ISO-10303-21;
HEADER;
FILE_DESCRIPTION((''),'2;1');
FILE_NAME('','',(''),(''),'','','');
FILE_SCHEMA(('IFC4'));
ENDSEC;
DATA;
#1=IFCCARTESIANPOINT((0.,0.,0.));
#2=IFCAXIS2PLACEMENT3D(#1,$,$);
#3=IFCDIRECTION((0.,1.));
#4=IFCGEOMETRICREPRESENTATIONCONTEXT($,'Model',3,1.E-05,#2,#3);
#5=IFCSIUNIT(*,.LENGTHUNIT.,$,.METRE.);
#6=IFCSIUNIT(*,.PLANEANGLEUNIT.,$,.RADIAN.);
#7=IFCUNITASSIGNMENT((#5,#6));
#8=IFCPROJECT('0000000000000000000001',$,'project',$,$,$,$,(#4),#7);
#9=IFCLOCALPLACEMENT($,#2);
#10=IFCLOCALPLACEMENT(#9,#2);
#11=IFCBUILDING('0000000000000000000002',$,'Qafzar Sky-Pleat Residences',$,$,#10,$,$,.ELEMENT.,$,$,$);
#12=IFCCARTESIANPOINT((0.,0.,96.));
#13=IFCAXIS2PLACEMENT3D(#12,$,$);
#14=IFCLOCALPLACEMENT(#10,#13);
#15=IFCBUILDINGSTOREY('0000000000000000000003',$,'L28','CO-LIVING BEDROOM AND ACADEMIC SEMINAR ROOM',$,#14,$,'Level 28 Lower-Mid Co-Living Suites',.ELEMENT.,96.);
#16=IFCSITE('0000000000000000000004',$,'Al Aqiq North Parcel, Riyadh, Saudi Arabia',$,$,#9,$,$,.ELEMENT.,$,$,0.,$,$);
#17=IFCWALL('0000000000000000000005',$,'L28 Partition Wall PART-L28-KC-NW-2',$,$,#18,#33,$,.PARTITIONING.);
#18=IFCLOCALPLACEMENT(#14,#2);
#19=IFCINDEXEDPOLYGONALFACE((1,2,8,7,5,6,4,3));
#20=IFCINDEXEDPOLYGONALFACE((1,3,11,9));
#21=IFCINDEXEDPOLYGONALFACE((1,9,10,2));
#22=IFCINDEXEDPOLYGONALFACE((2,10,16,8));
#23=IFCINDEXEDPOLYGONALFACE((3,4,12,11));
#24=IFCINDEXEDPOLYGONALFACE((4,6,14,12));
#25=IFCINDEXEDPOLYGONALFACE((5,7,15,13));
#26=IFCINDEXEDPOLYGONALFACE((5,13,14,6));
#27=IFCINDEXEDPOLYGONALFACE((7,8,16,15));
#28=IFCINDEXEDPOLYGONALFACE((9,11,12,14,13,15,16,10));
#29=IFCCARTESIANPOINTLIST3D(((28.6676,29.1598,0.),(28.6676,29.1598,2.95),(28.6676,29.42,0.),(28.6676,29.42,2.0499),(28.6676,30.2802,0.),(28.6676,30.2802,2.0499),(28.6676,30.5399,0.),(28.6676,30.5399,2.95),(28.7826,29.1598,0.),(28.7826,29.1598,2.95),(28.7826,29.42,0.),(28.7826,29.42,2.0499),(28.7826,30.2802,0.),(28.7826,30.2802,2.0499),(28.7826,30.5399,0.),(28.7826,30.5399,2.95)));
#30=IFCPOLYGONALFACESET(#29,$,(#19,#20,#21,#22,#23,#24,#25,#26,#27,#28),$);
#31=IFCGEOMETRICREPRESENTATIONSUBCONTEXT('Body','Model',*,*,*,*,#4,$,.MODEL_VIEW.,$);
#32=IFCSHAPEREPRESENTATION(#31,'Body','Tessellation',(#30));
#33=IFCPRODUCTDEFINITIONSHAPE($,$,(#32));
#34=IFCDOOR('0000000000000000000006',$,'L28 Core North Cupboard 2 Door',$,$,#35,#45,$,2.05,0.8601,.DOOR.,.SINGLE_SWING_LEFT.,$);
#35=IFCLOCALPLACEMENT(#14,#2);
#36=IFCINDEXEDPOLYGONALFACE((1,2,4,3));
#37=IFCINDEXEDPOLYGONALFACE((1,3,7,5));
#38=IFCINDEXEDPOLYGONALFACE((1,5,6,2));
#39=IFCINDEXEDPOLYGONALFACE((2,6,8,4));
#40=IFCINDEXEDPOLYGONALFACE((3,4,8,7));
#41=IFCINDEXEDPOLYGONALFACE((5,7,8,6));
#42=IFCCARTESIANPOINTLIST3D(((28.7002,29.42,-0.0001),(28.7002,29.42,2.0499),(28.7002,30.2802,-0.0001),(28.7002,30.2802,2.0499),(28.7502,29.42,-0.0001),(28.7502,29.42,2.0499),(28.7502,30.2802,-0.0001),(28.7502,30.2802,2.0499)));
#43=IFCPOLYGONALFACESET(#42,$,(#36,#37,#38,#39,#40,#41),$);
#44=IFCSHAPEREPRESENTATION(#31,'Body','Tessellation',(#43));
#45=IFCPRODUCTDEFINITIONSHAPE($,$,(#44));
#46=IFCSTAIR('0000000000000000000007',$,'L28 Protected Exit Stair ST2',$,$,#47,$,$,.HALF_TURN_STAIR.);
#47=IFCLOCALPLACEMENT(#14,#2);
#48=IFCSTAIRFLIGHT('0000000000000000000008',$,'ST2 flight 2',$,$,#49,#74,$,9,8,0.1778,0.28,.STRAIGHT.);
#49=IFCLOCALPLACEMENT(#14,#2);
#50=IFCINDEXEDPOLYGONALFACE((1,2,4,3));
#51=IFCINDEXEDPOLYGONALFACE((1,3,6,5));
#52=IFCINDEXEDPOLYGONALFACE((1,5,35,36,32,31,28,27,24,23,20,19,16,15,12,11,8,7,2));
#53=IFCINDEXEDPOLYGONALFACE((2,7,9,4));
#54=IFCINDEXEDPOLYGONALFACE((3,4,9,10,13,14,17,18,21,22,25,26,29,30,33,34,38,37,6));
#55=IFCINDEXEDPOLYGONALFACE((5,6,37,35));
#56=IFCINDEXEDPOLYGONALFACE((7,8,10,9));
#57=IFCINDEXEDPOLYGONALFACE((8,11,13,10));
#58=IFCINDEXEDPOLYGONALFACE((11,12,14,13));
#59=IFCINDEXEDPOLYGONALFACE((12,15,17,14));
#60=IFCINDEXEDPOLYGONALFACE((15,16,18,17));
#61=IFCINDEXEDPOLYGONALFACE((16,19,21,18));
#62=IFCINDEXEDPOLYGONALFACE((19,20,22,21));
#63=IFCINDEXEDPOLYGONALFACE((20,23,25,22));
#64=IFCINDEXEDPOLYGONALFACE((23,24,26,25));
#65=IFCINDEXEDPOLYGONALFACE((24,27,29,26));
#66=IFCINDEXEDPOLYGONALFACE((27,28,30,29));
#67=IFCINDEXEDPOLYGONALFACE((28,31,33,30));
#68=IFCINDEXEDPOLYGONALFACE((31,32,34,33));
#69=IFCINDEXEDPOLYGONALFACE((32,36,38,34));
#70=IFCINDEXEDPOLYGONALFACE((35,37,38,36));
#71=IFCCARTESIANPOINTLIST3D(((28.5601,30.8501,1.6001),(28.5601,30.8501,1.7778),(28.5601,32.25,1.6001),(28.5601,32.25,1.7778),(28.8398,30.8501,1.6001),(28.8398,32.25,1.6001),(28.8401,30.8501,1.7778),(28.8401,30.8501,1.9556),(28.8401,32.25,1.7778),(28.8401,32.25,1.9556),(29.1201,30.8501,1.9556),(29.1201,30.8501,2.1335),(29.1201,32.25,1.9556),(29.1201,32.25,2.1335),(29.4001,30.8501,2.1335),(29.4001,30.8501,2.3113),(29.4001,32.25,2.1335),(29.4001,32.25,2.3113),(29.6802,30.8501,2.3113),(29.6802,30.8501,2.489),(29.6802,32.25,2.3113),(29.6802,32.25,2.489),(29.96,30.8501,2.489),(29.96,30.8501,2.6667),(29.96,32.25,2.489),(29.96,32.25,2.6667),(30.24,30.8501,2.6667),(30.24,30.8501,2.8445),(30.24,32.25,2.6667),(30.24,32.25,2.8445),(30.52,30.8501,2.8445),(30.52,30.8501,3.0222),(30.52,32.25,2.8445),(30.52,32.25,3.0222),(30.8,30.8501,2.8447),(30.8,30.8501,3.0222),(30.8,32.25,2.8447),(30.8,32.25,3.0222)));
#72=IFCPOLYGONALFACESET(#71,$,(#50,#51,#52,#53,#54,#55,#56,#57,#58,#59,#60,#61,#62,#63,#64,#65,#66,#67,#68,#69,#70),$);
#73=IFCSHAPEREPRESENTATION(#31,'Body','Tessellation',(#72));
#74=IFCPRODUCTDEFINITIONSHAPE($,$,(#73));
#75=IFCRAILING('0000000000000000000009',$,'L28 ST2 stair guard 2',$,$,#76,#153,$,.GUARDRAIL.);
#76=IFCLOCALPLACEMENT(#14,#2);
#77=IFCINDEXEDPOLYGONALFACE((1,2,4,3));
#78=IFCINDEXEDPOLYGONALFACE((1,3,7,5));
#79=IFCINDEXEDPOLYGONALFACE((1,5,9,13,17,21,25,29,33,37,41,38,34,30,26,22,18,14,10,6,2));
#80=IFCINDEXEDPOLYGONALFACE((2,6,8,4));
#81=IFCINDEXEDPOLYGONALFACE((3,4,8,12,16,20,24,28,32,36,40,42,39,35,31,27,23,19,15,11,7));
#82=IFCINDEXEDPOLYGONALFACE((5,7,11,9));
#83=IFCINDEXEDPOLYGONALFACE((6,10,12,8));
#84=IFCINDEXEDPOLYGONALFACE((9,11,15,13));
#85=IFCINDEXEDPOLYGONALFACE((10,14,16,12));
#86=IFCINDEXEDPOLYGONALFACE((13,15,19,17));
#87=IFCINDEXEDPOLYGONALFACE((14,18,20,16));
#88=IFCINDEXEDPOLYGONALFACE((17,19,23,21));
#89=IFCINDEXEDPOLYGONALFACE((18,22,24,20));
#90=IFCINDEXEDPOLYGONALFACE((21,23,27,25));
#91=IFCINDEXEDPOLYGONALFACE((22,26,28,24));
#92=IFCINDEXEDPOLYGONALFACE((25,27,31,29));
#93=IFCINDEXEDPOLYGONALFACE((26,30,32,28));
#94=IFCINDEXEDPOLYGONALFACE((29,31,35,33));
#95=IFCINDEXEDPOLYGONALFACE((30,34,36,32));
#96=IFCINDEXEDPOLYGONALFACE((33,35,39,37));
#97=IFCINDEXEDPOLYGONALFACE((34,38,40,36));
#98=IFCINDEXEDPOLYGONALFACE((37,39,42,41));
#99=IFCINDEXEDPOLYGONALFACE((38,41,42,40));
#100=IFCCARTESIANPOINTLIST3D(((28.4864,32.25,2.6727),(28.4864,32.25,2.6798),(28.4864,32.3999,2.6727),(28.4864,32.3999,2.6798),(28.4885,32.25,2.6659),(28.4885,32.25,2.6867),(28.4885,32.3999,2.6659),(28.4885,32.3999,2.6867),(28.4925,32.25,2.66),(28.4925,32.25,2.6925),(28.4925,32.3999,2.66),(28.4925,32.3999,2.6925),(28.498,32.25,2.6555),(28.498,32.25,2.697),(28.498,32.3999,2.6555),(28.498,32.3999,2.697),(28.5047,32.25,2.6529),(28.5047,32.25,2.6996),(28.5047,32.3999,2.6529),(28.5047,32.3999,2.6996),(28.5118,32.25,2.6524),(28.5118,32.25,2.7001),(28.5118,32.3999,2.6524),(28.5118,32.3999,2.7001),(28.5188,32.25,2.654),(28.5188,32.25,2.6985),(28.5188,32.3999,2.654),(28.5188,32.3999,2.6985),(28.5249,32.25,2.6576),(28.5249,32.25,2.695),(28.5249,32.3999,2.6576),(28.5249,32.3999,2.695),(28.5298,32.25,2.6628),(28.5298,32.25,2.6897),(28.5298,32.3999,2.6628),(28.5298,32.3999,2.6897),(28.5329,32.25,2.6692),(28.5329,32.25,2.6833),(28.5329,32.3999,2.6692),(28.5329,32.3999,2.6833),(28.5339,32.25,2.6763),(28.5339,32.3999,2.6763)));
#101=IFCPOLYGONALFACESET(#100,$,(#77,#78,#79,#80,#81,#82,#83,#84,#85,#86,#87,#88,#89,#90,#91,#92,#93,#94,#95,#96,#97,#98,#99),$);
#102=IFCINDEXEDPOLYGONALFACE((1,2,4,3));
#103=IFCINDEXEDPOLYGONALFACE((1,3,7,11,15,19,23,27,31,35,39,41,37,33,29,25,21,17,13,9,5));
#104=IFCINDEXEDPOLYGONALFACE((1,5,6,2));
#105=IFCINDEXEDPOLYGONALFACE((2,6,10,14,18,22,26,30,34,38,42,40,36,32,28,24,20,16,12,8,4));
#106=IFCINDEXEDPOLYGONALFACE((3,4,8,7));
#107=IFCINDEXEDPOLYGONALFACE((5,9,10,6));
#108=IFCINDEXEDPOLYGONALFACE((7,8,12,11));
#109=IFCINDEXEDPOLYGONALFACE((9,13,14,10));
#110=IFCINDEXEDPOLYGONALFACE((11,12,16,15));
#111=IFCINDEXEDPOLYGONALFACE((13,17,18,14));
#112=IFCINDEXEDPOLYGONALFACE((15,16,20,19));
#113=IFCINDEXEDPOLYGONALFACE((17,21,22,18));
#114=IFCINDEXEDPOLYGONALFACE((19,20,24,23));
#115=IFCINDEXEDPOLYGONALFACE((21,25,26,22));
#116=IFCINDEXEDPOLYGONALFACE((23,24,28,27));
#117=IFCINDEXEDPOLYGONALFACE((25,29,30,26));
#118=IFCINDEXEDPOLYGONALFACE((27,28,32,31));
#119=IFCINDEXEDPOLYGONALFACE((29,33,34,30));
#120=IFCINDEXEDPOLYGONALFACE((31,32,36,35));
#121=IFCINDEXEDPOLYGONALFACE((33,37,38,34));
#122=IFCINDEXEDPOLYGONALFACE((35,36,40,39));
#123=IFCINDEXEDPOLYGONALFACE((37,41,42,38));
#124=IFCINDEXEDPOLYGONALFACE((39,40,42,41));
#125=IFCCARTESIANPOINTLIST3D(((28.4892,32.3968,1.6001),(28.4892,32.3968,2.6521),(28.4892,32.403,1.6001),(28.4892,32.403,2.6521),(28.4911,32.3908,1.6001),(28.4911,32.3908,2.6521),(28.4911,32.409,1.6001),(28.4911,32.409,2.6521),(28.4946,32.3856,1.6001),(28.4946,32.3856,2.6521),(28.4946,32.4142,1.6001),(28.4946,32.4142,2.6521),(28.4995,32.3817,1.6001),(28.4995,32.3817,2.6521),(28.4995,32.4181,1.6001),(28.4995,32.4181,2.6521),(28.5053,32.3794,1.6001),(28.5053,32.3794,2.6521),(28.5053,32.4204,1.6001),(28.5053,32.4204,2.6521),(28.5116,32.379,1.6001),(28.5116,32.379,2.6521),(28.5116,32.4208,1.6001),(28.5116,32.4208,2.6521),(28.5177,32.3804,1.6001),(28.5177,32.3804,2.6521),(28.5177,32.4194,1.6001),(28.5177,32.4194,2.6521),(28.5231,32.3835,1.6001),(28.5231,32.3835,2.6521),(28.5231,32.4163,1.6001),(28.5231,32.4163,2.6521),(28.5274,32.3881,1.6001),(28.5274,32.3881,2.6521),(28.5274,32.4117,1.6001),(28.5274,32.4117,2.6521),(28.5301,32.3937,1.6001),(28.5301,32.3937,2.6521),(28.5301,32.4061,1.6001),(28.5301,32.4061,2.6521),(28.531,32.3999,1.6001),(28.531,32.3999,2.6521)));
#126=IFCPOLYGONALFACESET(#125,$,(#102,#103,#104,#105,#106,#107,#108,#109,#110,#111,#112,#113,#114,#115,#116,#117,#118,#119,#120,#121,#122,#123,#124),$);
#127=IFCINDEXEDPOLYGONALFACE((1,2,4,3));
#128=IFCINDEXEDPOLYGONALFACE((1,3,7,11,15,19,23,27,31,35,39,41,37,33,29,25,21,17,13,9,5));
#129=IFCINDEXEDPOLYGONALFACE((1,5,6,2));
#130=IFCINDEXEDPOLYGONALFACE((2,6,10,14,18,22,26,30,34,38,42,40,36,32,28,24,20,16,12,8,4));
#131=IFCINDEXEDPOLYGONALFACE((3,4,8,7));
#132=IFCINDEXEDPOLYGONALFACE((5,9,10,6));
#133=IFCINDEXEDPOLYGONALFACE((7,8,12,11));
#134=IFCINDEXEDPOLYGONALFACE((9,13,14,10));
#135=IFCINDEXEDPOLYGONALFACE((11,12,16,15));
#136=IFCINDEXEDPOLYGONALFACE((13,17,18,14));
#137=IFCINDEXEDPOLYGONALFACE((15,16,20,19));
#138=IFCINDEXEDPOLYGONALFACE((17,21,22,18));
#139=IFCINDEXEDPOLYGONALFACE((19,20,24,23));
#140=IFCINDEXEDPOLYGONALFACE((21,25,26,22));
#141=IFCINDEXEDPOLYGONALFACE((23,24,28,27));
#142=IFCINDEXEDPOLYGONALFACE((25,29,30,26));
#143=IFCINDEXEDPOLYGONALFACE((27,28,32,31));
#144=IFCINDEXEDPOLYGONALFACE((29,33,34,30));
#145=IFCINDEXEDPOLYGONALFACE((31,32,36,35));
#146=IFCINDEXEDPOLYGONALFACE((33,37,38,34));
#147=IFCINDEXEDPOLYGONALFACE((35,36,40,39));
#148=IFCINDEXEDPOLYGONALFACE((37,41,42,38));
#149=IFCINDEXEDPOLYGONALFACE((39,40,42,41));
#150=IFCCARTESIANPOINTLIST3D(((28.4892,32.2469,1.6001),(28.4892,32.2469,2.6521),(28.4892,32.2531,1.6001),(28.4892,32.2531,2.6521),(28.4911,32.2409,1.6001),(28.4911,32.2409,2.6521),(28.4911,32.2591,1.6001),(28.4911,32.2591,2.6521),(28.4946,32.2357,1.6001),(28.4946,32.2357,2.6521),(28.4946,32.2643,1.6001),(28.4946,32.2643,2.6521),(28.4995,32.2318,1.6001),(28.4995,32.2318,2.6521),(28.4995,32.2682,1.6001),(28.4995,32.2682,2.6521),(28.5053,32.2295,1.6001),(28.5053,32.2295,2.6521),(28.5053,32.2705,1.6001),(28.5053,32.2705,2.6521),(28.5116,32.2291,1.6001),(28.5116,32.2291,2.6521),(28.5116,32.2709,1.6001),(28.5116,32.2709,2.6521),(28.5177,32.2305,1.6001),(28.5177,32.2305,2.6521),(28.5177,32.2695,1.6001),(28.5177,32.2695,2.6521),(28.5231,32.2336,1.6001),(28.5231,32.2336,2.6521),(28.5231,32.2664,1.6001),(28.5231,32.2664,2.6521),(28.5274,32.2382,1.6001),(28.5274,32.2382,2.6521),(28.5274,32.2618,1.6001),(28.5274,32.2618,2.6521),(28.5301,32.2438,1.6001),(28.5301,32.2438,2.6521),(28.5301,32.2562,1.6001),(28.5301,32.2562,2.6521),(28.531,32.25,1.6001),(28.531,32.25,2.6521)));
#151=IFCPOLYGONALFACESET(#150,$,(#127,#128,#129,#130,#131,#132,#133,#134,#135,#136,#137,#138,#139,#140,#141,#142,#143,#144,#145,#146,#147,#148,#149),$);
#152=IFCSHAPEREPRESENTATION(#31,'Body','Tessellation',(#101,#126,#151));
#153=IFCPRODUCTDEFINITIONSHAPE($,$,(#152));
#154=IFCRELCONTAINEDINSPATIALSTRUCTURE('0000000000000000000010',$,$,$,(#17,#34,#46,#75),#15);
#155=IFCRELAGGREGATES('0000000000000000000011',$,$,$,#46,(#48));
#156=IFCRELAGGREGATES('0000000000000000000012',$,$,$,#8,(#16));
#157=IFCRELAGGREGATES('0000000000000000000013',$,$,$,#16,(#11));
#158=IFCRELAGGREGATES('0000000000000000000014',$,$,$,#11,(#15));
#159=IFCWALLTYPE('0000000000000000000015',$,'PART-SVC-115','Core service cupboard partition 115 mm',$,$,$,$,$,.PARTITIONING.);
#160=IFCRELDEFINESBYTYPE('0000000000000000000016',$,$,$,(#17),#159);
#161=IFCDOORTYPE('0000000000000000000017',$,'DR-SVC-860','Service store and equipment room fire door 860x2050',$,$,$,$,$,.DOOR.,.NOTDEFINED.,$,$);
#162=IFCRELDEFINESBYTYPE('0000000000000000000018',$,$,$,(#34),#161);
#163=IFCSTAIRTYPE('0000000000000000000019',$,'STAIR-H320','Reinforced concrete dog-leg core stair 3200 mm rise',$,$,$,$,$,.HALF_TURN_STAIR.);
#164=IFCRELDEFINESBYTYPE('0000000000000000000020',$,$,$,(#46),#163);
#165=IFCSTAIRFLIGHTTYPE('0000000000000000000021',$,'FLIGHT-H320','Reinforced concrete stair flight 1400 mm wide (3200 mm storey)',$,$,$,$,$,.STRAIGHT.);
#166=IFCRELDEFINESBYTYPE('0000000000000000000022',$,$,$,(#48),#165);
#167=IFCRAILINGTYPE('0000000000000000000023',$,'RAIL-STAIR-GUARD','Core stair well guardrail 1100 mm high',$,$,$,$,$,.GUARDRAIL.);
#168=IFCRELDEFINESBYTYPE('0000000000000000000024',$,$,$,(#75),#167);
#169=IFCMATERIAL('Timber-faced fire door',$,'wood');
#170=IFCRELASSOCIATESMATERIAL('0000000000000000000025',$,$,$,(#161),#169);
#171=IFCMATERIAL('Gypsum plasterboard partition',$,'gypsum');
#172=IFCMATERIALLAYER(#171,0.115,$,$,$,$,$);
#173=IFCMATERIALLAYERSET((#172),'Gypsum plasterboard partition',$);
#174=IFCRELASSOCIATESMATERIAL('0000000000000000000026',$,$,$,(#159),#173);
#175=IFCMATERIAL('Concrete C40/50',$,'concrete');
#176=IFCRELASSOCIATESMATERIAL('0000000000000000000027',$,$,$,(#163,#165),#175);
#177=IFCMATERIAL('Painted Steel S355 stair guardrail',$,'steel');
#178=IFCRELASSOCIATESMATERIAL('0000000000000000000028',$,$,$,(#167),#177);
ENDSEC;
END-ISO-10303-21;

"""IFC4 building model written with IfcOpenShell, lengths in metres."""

from ifc_helpers import new_model, si_unit, direction, frame, frame_2d, origin, origin_2d, place, context, subcontext, project, spatial, polyline, rectangle, circle, outline, extrude, source, transform, mapped, material, layer, layer_set, type_object, element, fill, aggregate, save


model = new_model("IFC4")

# Units and contexts
model_context = context("Model", 3, precision=1e-05, world=origin(), true_north=direction((0.0, 1.0)))
body_context = subcontext(model_context, "Body", "Model", "MODEL_VIEW")
ifc_project = project(units=[si_unit("LENGTHUNIT", "METRE"), si_unit("PLANEANGLEUNIT", "RADIAN")], contexts=[model_context])

# Site, building, storey
site_placement = place(None, origin())
site = spatial("IfcSite", under=ifc_project, at=site_placement, Name="Al Aqiq North Parcel, Riyadh, Saudi Arabia", CompositionType="ELEMENT", RefElevation=0.0)
building_placement = place(site_placement, origin())
building = spatial("IfcBuilding", under=site, at=building_placement, Name="Qafzar Sky-Pleat Residences", CompositionType="ELEMENT")
storey_placement = place(building_placement, frame((0.0, 0.0, 96.0)))
storey = spatial("IfcBuildingStorey", under=building, at=storey_placement, Name="L28", Description="CO-LIVING BEDROOM AND ACADEMIC SEMINAR ROOM", LongName="Level 28 Lower-Mid Co-Living Suites", CompositionType="ELEMENT", Elevation=96.0)

# Shared definitions
ifc_material_1 = material(Name="Timber-faced fire door", Category="wood")
door_type_1 = type_object("IfcDoorType", Name="DR-SVC-860", Description="Service store and equipment room fire door 860x2050", OperationType="NOTDEFINED", PredefinedType="DOOR", material=ifc_material_1)
shared_shape_1 = source(origin(), body_context, "Body", "SweptSolid", [
    extrude(rectangle(XDim=0.8601, YDim=2.05, at=frame_2d((0.4302, 1.0249))), frame((0.0, 0.0249, 0.0), z_axis=(0.0, -1.0, 0.0), x_axis=(1.0, 0.0, 0.0)), (0.0, 0.0, 1.0), 0.05),
])

# Wall, opening, door
ifc_material_2 = material(Name="Gypsum plasterboard partition", Category="gypsum")
ifc_layer_1 = layer(ifc_material_2, 0.115)
ifc_layer_set_1 = layer_set([ifc_layer_1], Name="Gypsum plasterboard partition")
wall_type_1 = type_object("IfcWallType", Name="PART-SVC-115", Description="Core service cupboard partition 115 mm", PredefinedType="PARTITIONING", material=ifc_layer_set_1)
wall_1_placement = place(storey_placement, frame((28.7251, 29.1599, 0.0), z_axis=(0.0, 0.0, 1.0), x_axis=(0.0, 1.0, 0.0)))
wall_1 = element("IfcWall", 1, at=wall_1_placement, inside=storey, type_object=wall_type_1, Name="L28 Partition Wall PART-L28-KC-NW-2", PredefinedType="PARTITIONING", context=body_context, shape_type="SweptSolid", body=[
    extrude(rectangle(XDim=1.3801, YDim=0.115, at=frame_2d((0.6899, 0.0))), origin(), (0.0, 0.0, 1.0), 2.95),
])
opening_1_placement = place(wall_1_placement, frame((0.26, 0.0, 0.0)))
opening_1 = element("IfcOpeningElement", 2, at=opening_1_placement, cuts=wall_1, PredefinedType="OPENING", context=body_context, shape_type="SweptSolid", body=[
    extrude(rectangle(XDim=0.8601, YDim=2.05, at=frame_2d((0.4302, 1.0249))), frame((0.0, 0.0674, 0.0), z_axis=(0.0, -1.0, 0.0), x_axis=(1.0, 0.0, 0.0)), (0.0, 0.0, 1.0), 0.135),
])
door_1_placement = place(opening_1_placement, origin())
door_1 = element("IfcDoor", 3, at=door_1_placement, inside=storey, type_object=door_type_1, Name="L28 Core North Cupboard 2 Door", OperationType="SINGLE_SWING_LEFT", OverallHeight=2.05, OverallWidth=0.8601, PredefinedType="DOOR", context=body_context, shape_type="MappedRepresentation", body=[
    mapped(shared_shape_1, transform((0.0, 0.0, 0.0), x_axis=(1.0, 0.0, 0.0), y_axis=(0.0, 1.0, 0.0), z_axis=(0.0, 0.0, 1.0), scale=1.0)),
])
fill(opening_1, door_1)

# Stair, stair flight
ifc_material_3 = material(Name="Concrete C40/50", Category="concrete")
stair_type = type_object("IfcStairType", Name="STAIR-H320", Description="Reinforced concrete dog-leg core stair 3200 mm rise", PredefinedType="HALF_TURN_STAIR", material=ifc_material_3)
stair_placement = place(storey_placement, origin())
stair = element("IfcStair", 4, at=stair_placement, inside=storey, type_object=stair_type, Name="L28 Protected Exit Stair ST2", PredefinedType="HALF_TURN_STAIR")
stair_flight_type = type_object("IfcStairFlightType", Name="FLIGHT-H320", Description="Reinforced concrete stair flight 1400 mm wide (3200 mm storey)", PredefinedType="STRAIGHT", material=ifc_material_3)
shared_shape_2 = source(origin(), body_context, "Body", "SweptSolid", [
    extrude(outline(polyline([(0.0, 0.0), (0.0, 0.1777), (0.28, 0.1777), (0.28, 0.3555), (0.5601, 0.3555), (0.5601, 0.5334), (0.8401, 0.5334), (0.8401, 0.7112), (1.1201, 0.7112), (1.1201, 0.8889), (1.3999, 0.8889), (1.3999, 1.0667), (1.6799, 1.0667), (1.6799, 1.2444), (1.96, 1.2444), (1.96, 1.4221), (2.24, 1.4221), (2.24, 1.6001), (2.24, 1.2446), (0.2798, 0.0), (0.0, 0.0)])), frame((0.0, 0.7, 0.0), z_axis=(0.0, -1.0, 0.0), x_axis=(1.0, 0.0, 0.0)), (0.0, 0.0, 1.0), 1.3999),
])
stair_flight_placement = place(storey_placement, frame((28.5601, 31.55, 1.6001), z_axis=(0.0, 0.0, 1.0), x_axis=(1.0, 0.0, 0.0)))
stair_flight = element("IfcStairFlight", 5, at=stair_flight_placement, type_object=stair_flight_type, Name="ST2 flight 2", NumberOfRisers=9, NumberOfTreads=8, PredefinedType="STRAIGHT", RiserHeight=0.1778, TreadLength=0.28, context=body_context, shape_type="MappedRepresentation", body=[
    mapped(shared_shape_2, transform((0.0, 0.0, 0.0), x_axis=(1.0, 0.0, 0.0), y_axis=(0.0, 1.0, 0.0), z_axis=(0.0, 0.0, 1.0), scale=1.0)),
])
aggregate(stair, [stair_flight])

# Railing
ifc_material_4 = material(Name="Painted Steel S355 stair guardrail", Category="steel")
railing_type_1 = type_object("IfcRailingType", Name="RAIL-STAIR-GUARD", Description="Core stair well guardrail 1100 mm high", PredefinedType="GUARDRAIL", material=ifc_material_4)
shared_shape_3 = source(origin(), body_context, "Body", "SweptSolid", [
    extrude(circle(Radius=0.0239, at=origin_2d()), frame((0.0, 0.0, 1.0762), z_axis=(0.0, -1.0, 0.0), x_axis=(1.0, 0.0, 0.0)), (0.0, 0.0, 1.0), 0.1499),
    extrude(circle(Radius=0.021, at=origin_2d()), origin(), (0.0, 0.0, 1.0), 1.052),
    extrude(circle(Radius=0.021, at=origin_2d()), frame((0.0, -0.1499, 0.0)), (0.0, 0.0, 1.0), 1.052),
])
railing_1_placement = place(storey_placement, frame((28.51, 32.3999, 1.6001)))
element("IfcRailing", 6, at=railing_1_placement, inside=storey, type_object=railing_type_1, Name="L28 ST2 stair guard 2", PredefinedType="GUARDRAIL", context=body_context, shape_type="MappedRepresentation", body=[
    mapped(shared_shape_3, transform((0.0, 0.0, 0.0), x_axis=(1.0, 0.0, 0.0), y_axis=(0.0, 1.0, 0.0), z_axis=(0.0, 0.0, 1.0), scale=1.0)),
])

save(model, "model.ifc")
